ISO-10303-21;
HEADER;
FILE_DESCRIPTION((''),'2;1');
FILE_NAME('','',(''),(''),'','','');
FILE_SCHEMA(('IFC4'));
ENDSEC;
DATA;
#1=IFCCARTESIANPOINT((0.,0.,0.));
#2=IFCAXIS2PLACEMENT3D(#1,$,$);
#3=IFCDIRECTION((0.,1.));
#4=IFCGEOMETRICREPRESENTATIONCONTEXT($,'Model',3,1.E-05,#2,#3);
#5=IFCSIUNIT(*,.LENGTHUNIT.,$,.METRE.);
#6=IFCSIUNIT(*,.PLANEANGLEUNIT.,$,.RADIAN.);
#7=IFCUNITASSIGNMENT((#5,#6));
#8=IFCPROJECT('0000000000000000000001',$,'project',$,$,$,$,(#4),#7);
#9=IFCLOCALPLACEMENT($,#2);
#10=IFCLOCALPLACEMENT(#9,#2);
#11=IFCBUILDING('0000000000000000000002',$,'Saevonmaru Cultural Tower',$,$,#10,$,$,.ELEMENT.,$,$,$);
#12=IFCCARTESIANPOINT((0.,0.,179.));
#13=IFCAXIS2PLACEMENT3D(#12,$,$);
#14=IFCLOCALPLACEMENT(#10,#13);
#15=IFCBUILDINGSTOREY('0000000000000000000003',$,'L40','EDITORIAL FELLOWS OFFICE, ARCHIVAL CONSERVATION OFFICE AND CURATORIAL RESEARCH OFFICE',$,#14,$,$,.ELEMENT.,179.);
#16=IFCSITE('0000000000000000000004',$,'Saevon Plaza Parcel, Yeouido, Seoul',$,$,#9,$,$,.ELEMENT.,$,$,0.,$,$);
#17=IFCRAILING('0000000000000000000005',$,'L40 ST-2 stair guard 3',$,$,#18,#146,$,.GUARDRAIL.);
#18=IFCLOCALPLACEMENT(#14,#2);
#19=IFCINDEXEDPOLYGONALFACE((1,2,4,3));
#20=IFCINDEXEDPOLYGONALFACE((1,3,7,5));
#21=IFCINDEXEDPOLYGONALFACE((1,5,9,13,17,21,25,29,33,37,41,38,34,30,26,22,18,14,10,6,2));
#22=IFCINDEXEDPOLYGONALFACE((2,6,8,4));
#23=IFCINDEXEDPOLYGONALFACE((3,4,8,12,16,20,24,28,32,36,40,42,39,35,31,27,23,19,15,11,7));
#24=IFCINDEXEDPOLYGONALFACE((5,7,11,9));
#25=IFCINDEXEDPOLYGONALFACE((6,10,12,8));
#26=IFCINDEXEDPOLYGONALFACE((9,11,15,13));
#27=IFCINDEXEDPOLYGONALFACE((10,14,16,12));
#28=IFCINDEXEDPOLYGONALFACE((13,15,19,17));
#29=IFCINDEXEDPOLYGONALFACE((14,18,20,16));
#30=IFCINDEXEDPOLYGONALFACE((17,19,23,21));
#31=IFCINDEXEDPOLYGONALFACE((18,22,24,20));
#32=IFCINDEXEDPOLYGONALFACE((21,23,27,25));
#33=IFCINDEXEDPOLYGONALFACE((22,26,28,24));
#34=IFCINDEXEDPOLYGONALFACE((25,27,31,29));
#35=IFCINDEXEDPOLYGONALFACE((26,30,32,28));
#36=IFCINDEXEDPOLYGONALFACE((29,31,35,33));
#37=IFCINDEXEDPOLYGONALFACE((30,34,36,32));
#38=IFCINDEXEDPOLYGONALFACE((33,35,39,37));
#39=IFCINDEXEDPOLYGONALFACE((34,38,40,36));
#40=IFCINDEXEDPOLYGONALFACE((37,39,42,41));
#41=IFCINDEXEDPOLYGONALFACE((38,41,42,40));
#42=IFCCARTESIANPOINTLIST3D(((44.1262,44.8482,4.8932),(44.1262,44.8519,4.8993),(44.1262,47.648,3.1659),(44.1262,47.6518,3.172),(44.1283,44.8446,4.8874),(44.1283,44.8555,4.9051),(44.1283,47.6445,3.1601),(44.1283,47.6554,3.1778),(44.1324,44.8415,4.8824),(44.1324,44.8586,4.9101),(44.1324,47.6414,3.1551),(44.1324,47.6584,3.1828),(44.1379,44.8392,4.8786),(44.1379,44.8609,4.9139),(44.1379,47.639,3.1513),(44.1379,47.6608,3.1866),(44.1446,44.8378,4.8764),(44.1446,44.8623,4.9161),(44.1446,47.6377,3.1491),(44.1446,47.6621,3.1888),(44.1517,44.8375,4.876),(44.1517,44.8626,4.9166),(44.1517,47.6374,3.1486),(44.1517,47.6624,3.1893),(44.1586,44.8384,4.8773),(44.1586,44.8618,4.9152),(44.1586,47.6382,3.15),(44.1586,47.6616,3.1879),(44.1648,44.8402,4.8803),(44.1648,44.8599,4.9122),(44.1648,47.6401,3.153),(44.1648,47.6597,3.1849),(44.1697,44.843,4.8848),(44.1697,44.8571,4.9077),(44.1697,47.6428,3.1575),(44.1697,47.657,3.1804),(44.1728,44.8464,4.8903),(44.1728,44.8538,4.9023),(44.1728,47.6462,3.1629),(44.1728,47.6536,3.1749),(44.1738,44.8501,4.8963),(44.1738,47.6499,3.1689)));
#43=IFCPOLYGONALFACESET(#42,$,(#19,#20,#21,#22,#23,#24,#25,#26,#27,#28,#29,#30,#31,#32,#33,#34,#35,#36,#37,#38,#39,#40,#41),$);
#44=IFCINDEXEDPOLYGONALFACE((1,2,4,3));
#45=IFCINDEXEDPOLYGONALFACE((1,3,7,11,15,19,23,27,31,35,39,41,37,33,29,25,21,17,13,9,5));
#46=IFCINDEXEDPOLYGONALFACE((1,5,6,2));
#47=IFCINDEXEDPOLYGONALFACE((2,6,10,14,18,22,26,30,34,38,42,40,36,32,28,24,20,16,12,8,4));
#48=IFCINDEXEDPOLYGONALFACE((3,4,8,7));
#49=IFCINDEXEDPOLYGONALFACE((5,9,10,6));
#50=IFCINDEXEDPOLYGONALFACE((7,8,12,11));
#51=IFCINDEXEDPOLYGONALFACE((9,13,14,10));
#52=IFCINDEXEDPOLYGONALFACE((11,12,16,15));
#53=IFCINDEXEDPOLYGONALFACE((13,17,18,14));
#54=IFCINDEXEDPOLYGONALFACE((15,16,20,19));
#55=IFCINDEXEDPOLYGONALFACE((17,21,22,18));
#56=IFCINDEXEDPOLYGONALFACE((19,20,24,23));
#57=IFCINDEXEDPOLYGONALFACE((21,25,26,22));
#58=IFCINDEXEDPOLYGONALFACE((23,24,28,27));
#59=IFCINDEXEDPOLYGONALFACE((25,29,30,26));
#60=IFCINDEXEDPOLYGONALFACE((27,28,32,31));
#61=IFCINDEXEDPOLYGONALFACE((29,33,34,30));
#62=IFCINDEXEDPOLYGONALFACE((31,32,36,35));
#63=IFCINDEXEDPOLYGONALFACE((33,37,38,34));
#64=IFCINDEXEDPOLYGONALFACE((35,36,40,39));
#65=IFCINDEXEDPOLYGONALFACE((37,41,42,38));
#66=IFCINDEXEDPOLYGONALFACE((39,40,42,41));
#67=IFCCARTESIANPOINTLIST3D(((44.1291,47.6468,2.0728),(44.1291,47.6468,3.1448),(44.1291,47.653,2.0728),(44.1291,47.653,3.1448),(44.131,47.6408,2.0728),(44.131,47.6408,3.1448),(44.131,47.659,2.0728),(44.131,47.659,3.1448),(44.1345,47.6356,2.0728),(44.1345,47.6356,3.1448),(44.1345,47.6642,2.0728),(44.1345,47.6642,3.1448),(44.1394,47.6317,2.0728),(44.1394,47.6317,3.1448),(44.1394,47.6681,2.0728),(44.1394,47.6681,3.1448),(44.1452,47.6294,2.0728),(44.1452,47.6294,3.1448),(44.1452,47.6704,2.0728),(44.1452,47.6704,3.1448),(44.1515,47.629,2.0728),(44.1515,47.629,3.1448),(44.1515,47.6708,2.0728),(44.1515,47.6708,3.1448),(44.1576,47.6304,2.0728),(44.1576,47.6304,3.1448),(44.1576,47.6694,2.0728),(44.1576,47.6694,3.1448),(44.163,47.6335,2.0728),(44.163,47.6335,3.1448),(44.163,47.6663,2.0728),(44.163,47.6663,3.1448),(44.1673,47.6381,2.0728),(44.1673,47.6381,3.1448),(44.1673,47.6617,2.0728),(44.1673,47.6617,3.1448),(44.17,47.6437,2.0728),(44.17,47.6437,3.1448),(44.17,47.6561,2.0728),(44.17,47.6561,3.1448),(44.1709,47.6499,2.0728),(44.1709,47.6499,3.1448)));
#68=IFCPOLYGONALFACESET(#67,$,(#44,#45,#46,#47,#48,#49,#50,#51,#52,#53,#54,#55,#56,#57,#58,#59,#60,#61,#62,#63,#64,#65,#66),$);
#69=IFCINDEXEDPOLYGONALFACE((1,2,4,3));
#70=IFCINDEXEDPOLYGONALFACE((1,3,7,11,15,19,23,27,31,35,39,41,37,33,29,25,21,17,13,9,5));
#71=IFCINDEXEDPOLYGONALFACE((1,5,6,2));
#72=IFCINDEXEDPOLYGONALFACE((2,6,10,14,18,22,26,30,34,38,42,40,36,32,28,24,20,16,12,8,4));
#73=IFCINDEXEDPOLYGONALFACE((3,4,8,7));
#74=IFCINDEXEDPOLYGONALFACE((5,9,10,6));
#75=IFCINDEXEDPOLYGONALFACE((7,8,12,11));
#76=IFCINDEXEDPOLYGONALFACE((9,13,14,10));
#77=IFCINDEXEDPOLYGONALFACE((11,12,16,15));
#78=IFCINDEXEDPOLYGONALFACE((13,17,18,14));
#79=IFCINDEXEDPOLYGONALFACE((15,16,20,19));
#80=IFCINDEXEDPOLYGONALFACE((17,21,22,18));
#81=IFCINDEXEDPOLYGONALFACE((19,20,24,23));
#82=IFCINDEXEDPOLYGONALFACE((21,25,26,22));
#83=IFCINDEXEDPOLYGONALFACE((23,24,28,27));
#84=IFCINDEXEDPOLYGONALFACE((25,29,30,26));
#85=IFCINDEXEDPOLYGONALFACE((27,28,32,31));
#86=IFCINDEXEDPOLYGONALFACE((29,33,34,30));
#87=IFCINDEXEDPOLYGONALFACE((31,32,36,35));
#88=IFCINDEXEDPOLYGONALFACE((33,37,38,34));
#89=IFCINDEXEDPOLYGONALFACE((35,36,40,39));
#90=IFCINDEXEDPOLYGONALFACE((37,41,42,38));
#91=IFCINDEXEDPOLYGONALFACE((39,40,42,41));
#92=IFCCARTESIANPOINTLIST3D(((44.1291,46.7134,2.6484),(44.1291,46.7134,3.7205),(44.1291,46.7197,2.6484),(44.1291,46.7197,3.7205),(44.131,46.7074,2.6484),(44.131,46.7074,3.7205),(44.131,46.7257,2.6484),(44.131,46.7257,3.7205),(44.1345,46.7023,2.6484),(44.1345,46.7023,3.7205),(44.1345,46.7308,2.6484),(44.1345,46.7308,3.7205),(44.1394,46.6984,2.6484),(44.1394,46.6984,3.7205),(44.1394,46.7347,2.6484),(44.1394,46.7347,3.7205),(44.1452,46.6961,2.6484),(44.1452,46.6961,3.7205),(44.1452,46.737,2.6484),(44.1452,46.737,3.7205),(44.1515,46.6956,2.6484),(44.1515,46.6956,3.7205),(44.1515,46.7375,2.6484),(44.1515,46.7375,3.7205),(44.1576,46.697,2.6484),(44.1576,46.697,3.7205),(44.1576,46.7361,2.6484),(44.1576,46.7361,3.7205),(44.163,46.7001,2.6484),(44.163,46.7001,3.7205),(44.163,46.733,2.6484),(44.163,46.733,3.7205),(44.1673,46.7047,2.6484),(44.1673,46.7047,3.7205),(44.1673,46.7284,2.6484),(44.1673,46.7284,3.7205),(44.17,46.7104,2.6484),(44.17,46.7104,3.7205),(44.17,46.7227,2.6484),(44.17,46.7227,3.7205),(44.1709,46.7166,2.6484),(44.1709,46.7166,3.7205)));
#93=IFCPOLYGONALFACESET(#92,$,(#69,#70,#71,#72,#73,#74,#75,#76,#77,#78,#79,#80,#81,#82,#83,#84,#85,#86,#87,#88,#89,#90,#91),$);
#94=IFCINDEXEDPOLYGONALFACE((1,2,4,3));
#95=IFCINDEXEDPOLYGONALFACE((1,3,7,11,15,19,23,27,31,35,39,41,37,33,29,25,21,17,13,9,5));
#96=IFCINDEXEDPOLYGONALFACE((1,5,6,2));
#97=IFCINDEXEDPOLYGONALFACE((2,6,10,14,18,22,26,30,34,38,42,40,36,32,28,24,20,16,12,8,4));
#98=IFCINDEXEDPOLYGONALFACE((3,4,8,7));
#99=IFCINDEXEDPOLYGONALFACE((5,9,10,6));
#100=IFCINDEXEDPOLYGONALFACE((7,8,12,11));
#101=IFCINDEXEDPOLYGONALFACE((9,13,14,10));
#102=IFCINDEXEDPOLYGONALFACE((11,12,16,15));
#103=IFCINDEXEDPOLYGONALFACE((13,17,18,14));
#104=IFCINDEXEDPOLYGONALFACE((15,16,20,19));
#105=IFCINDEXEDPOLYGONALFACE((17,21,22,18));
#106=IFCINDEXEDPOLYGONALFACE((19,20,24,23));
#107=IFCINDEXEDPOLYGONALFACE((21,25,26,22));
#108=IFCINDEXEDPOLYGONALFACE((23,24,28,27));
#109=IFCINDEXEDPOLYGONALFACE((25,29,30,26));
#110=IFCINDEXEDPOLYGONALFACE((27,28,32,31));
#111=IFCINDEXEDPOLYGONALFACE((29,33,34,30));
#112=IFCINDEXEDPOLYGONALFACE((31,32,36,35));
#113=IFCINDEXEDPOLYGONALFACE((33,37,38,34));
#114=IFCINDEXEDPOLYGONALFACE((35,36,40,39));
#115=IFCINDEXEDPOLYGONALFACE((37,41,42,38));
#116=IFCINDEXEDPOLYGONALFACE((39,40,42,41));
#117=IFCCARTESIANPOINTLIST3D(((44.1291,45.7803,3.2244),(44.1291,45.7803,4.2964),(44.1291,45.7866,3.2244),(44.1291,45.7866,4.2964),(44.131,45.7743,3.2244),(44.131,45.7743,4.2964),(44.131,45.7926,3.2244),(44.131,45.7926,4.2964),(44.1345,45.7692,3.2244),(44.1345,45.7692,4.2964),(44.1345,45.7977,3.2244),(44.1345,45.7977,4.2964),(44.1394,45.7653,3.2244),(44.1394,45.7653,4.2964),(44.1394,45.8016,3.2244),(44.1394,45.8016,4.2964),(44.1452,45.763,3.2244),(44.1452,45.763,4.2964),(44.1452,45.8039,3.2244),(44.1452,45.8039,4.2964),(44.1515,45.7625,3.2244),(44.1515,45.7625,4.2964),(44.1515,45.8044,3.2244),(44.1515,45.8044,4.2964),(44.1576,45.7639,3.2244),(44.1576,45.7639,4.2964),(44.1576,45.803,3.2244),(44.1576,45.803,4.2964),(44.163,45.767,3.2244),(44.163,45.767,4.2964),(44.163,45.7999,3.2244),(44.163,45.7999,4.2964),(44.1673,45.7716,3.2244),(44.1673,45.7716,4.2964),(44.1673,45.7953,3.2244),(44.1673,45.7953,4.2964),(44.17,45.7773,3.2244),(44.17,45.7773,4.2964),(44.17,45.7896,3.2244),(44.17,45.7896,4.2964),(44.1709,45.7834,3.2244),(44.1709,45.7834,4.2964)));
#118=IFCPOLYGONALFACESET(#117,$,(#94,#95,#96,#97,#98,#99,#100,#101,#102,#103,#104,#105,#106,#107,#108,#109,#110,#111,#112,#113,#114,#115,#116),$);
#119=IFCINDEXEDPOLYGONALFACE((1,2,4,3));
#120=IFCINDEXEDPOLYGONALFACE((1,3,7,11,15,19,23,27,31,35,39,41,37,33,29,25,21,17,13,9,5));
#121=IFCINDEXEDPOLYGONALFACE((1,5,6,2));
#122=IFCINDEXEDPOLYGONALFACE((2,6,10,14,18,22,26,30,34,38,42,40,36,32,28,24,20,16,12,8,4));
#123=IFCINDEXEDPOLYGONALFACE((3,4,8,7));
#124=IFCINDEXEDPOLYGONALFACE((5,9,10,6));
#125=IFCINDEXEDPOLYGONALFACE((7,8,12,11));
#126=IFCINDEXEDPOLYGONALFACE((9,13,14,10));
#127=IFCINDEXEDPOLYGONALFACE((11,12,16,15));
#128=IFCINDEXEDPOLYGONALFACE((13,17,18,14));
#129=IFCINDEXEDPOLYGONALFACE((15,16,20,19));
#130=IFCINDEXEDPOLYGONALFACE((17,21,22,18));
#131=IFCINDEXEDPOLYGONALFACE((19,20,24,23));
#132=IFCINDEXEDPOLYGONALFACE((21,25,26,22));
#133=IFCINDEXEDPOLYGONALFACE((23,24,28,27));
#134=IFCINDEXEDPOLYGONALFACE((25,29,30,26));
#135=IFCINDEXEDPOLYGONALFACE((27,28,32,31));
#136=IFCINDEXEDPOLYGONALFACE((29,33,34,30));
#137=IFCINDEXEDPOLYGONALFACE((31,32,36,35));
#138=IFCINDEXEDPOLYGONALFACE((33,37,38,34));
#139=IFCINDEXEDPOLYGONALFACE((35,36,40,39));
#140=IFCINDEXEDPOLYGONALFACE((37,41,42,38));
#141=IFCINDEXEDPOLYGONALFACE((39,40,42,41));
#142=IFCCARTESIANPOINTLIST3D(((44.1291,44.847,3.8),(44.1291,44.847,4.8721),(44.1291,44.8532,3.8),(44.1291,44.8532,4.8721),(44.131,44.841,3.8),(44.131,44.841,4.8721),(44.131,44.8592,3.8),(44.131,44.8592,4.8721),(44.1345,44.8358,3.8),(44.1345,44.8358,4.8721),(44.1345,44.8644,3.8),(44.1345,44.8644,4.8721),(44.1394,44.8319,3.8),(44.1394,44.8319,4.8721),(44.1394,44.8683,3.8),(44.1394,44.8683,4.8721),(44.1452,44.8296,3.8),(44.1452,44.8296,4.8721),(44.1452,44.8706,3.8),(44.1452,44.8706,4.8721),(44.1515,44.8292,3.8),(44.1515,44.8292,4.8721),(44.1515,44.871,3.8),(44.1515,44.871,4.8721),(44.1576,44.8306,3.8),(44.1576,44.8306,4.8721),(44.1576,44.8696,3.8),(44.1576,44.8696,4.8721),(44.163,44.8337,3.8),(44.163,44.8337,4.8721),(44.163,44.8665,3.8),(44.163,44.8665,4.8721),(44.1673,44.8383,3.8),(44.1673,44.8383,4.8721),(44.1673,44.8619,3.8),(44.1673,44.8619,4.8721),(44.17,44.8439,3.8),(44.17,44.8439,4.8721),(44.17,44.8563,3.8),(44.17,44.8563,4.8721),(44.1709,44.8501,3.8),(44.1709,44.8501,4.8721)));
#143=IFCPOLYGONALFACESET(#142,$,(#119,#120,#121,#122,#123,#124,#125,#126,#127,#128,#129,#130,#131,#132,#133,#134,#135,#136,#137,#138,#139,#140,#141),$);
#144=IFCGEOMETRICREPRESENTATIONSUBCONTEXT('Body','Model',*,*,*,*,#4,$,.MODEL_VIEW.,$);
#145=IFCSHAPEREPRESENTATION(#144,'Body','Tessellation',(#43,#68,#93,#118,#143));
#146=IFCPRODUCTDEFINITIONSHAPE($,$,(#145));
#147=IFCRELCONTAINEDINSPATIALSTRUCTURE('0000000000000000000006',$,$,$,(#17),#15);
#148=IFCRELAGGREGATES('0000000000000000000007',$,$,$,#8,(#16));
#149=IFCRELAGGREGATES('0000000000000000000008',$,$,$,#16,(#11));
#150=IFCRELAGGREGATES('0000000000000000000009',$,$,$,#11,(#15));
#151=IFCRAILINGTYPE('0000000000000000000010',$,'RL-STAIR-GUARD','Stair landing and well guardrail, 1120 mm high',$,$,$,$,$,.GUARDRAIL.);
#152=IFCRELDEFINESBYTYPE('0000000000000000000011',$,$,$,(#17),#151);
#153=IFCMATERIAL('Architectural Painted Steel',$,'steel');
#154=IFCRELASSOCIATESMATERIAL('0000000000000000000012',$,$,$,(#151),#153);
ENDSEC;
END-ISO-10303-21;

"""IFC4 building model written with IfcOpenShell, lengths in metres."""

from ifc_helpers import new_model, si_unit, direction, frame, origin, origin_2d, place, context, subcontext, project, spatial, circle, extrude, material, type_object, element, save


model = new_model("IFC4")

# Units and contexts
model_context = context("Model", 3, precision=1e-05, world=origin(), true_north=direction((0.0, 1.0)))
body_context = subcontext(model_context, "Body", "Model", "MODEL_VIEW")
ifc_project = project(units=[si_unit("LENGTHUNIT", "METRE"), si_unit("PLANEANGLEUNIT", "RADIAN")], contexts=[model_context])

# Site, building, storey
site_placement = place(None, origin())
site = spatial("IfcSite", under=ifc_project, at=site_placement, Name="Saevon Plaza Parcel, Yeouido, Seoul", CompositionType="ELEMENT", RefElevation=0.0)
building_placement = place(site_placement, origin())
building = spatial("IfcBuilding", under=site, at=building_placement, Name="Saevonmaru Cultural Tower", CompositionType="ELEMENT")
storey_placement = place(building_placement, frame((0.0, 0.0, 179.0)))
storey = spatial("IfcBuildingStorey", under=building, at=storey_placement, Name="L40", Description="EDITORIAL FELLOWS OFFICE, ARCHIVAL CONSERVATION OFFICE AND CURATORIAL RESEARCH OFFICE", CompositionType="ELEMENT", Elevation=179.0)

# Railing
ifc_material_1 = material(Name="Architectural Painted Steel", Category="steel")
railing_type_1 = type_object("IfcRailingType", Name="RL-STAIR-GUARD", Description="Stair landing and well guardrail, 1120 mm high", PredefinedType="GUARDRAIL", material=ifc_material_1)
railing_1_placement = place(storey_placement, frame((44.1499, 47.6499, 2.0728)))
element("IfcRailing", 1, at=railing_1_placement, inside=storey, type_object=railing_type_1, Name="L40 ST-2 stair guard 3", PredefinedType="GUARDRAIL", context=body_context, shape_type="SweptSolid", body=[
    extrude(circle(Radius=0.0239, at=origin_2d()), frame((0.0, 0.0, 1.0962), z_axis=(0.0, -0.851069, 0.525054), x_axis=(1.0, 0.0, 0.0)), (0.0, 0.0, 1.0), 3.2898),
    extrude(circle(Radius=0.021, at=origin_2d()), origin(), (0.0, 0.0, 1.0), 1.072),
    extrude(circle(Radius=0.021, at=origin_2d()), frame((0.0, -0.9333, 0.5757)), (0.0, 0.0, 1.0), 1.072),
    extrude(circle(Radius=0.021, at=origin_2d()), frame((0.0, -1.8665, 1.1516)), (0.0, 0.0, 1.0), 1.072),
    extrude(circle(Radius=0.021, at=origin_2d()), frame((0.0, -2.7998, 1.7273)), (0.0, 0.0, 1.0), 1.072),
])

save(model, "model.ifc")
